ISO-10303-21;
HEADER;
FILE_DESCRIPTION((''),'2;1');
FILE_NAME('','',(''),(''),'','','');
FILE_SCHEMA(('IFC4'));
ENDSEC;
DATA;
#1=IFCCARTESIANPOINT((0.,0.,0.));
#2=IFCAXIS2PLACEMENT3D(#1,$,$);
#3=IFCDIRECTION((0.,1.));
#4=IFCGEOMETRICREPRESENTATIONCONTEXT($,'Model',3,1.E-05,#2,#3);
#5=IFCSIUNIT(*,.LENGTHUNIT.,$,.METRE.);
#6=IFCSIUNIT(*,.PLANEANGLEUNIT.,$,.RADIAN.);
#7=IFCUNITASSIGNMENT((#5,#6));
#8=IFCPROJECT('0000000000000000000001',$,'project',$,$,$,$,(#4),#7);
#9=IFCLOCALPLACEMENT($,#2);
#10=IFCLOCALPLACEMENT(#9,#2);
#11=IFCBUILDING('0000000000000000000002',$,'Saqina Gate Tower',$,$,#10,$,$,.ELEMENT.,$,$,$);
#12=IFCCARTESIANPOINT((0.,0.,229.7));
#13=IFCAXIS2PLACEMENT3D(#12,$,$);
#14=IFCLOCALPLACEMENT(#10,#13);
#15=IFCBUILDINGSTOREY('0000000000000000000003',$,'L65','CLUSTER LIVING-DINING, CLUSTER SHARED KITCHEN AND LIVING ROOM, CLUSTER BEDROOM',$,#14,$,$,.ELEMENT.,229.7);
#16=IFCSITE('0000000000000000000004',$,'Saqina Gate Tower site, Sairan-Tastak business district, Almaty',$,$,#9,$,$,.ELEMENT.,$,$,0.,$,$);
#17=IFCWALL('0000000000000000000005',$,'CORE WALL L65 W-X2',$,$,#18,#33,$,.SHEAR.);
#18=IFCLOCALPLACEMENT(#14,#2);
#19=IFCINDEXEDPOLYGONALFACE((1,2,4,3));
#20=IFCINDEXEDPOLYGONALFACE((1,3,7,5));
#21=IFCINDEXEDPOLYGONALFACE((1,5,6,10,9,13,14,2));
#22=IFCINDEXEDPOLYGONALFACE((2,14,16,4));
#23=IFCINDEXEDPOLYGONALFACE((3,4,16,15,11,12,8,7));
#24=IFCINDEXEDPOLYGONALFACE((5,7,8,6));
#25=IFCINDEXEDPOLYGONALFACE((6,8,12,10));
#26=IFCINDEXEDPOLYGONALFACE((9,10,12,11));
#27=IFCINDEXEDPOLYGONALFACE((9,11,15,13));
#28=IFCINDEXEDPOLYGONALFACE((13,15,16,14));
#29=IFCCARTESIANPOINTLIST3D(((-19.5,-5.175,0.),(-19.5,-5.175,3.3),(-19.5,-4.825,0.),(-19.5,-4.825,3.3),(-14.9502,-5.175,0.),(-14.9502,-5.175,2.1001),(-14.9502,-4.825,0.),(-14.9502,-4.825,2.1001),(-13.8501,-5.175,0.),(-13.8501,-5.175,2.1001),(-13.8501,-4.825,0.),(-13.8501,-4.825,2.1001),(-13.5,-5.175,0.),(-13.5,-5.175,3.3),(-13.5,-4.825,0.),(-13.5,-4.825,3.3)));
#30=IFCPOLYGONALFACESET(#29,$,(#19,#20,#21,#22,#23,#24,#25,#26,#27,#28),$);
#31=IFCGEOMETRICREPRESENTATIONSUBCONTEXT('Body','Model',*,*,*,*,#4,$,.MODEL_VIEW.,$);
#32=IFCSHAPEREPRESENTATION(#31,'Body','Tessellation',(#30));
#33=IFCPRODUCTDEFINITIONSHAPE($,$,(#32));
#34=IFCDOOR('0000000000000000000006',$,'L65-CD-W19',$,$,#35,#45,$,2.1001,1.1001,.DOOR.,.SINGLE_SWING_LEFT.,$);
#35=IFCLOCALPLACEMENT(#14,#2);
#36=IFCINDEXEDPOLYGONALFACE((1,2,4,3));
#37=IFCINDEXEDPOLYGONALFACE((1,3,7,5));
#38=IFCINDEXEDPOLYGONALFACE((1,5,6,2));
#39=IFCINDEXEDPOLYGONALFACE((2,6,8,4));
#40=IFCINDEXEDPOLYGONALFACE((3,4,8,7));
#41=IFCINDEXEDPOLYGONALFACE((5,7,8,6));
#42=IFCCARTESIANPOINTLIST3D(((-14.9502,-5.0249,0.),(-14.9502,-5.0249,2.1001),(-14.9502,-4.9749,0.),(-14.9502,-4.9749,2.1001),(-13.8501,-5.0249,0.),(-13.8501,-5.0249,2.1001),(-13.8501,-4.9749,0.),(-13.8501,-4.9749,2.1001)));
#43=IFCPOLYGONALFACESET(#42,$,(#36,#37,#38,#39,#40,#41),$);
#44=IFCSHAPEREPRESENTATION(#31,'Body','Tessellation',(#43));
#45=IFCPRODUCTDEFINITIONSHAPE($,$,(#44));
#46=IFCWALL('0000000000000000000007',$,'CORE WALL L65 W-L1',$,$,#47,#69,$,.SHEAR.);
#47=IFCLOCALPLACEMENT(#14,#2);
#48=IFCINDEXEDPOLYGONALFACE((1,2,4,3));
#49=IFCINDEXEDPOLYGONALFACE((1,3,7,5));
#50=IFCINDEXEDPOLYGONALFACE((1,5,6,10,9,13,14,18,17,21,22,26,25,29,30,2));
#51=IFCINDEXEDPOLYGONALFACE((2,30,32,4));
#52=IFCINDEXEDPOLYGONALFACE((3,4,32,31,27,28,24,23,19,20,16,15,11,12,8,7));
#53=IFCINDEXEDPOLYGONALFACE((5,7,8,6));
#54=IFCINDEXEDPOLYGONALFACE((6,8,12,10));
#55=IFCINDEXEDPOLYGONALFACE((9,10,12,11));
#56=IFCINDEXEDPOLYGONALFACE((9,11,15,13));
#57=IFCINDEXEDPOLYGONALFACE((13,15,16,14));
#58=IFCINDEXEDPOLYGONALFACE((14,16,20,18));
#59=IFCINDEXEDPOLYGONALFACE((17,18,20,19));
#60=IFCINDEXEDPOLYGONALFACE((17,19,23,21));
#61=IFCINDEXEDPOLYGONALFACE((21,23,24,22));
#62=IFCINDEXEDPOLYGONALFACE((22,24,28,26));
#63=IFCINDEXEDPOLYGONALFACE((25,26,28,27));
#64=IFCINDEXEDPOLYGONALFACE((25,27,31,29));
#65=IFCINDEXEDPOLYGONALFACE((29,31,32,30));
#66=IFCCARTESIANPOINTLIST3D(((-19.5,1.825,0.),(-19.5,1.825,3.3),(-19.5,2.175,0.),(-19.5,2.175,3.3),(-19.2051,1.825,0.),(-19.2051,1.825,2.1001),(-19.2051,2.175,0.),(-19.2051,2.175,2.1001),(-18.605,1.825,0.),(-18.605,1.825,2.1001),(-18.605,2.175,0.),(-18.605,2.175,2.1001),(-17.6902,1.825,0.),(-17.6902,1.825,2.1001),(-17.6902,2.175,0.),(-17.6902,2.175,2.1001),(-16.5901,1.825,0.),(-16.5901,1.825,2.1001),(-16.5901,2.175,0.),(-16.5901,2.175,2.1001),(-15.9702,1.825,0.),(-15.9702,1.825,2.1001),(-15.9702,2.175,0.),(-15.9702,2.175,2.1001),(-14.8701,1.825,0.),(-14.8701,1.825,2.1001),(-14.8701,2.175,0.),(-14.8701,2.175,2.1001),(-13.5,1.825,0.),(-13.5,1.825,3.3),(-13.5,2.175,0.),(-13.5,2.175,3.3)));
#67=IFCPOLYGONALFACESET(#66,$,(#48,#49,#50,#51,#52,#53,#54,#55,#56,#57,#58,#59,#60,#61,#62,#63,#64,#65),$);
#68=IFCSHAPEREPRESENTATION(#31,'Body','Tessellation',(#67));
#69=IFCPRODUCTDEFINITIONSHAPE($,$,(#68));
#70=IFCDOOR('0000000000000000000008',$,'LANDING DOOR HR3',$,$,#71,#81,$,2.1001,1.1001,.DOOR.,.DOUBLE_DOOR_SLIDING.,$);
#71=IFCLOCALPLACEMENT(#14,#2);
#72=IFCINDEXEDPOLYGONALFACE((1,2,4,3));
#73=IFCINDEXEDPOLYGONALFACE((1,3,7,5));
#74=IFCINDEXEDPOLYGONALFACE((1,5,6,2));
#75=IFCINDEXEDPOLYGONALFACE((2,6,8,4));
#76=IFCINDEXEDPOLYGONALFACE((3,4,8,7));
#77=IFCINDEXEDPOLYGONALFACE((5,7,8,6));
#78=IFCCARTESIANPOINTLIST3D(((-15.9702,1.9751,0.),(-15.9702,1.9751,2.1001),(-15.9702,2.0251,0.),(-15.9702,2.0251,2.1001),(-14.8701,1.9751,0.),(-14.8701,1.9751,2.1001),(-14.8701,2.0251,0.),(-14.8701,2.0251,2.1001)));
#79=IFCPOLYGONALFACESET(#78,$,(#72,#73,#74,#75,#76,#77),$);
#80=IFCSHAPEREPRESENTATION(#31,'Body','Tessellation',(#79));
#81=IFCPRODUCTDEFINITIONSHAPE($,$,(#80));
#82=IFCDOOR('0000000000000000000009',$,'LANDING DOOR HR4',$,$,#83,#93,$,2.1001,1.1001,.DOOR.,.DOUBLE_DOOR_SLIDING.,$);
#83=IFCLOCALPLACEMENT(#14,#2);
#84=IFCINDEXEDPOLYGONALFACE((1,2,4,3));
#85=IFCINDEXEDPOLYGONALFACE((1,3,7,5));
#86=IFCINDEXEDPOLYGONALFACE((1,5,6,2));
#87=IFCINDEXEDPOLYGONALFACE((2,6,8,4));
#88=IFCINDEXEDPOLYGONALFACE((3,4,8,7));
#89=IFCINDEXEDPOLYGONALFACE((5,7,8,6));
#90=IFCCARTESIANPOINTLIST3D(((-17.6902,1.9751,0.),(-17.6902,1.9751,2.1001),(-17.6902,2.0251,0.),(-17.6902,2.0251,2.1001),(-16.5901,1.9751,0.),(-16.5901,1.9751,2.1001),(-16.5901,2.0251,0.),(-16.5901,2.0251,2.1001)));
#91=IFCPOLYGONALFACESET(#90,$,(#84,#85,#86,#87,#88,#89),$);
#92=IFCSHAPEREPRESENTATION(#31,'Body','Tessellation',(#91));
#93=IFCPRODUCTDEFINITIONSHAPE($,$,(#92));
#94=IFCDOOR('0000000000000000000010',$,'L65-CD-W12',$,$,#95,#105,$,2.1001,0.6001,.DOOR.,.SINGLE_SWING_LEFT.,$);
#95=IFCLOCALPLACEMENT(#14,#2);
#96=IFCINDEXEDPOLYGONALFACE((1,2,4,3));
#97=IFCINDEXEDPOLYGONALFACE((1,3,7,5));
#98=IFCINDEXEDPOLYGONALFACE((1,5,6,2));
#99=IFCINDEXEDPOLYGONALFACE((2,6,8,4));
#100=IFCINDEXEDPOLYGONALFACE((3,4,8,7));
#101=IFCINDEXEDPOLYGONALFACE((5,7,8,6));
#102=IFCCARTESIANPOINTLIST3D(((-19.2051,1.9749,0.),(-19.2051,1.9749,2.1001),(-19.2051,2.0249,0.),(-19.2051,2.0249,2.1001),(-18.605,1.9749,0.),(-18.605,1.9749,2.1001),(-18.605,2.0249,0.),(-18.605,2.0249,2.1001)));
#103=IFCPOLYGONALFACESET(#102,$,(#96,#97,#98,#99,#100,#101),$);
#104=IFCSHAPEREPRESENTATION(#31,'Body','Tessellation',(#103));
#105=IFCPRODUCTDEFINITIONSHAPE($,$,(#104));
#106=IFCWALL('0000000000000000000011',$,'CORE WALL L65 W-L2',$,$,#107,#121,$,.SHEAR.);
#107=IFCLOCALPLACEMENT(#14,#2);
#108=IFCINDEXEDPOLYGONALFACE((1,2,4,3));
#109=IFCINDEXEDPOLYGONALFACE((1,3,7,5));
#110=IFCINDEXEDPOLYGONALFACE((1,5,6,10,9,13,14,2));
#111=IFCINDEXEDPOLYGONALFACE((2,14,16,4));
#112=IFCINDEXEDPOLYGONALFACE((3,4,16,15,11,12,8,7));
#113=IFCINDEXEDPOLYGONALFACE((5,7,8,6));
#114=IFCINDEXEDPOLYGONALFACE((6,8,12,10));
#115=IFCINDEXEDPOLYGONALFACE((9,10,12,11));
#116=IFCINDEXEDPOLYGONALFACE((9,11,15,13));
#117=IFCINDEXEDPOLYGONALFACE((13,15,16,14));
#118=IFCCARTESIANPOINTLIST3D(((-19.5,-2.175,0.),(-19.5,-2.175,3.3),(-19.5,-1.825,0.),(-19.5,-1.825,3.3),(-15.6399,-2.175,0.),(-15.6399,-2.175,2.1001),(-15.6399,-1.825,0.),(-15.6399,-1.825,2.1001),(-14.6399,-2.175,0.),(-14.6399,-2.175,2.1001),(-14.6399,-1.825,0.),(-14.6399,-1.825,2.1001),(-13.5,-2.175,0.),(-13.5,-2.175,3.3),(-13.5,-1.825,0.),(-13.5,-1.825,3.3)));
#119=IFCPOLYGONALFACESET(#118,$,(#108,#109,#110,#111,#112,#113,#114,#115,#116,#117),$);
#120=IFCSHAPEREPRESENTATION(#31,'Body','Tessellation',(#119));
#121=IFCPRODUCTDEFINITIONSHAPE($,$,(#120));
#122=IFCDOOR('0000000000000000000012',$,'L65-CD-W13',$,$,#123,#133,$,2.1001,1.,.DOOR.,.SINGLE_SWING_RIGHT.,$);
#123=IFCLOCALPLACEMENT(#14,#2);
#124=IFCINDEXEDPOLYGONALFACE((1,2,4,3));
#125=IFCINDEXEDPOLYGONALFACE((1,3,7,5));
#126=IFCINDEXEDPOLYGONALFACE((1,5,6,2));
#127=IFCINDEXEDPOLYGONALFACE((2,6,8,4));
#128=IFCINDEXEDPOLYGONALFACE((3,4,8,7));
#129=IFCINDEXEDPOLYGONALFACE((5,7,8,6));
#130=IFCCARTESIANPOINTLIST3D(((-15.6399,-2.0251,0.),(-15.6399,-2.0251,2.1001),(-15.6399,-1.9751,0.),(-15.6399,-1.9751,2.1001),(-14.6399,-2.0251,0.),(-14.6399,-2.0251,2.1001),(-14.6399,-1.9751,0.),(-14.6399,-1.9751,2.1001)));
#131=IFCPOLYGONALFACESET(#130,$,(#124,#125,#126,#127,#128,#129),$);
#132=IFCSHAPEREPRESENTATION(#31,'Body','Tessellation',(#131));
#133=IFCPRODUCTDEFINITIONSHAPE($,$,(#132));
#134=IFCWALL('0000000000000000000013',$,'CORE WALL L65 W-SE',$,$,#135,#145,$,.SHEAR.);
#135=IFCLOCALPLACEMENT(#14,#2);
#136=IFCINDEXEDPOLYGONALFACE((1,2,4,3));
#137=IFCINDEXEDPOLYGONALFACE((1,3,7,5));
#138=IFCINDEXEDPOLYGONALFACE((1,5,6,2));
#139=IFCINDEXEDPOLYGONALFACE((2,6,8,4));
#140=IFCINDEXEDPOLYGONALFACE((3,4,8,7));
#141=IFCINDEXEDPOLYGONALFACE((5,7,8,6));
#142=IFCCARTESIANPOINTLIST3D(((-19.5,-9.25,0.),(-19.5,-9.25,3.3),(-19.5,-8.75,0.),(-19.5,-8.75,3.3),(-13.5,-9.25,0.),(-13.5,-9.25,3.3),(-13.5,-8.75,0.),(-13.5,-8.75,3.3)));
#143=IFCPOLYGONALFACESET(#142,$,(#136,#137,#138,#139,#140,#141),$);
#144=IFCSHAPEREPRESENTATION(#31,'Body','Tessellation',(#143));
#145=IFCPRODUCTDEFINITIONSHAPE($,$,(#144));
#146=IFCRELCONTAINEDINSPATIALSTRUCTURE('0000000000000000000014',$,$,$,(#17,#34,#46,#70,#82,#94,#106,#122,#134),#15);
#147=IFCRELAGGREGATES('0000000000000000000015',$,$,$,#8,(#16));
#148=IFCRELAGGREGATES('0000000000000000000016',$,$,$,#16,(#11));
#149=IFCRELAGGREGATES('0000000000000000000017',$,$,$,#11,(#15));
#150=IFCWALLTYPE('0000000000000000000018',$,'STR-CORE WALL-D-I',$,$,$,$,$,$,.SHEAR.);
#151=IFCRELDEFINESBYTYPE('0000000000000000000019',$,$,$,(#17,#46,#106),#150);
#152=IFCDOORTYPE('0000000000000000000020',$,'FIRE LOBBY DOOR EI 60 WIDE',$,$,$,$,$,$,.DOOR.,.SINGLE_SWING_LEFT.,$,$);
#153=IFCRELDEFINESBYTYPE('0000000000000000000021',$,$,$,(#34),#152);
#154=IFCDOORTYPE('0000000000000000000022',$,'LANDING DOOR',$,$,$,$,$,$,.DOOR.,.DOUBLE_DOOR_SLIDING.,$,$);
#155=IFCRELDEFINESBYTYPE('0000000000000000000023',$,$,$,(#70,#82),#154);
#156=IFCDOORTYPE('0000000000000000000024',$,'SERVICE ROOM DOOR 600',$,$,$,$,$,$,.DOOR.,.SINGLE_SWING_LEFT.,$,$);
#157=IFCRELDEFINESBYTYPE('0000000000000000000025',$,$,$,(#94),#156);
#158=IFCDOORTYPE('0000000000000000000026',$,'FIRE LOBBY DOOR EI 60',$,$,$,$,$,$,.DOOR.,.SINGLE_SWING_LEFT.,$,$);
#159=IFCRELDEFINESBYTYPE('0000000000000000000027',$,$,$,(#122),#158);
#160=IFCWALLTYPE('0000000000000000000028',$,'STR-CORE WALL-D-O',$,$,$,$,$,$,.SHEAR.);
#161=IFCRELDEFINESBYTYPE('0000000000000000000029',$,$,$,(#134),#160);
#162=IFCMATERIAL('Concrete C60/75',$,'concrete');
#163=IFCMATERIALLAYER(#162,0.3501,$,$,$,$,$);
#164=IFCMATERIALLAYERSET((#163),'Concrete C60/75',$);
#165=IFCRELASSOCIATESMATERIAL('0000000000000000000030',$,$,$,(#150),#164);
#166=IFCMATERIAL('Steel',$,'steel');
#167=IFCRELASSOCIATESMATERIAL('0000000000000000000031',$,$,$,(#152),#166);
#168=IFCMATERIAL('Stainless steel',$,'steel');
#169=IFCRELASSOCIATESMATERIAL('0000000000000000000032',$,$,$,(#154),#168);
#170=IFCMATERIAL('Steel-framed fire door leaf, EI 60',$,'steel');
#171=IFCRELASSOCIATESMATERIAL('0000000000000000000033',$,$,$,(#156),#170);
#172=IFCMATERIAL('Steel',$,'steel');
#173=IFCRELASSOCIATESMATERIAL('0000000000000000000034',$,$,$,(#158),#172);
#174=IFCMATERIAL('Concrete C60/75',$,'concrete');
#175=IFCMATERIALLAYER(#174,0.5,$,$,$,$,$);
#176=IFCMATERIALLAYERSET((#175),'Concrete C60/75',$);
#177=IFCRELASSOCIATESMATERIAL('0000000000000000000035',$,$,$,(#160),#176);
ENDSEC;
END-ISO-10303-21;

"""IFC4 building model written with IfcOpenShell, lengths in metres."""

from ifc_helpers import new_model, si_unit, direction, frame, frame_2d, origin, place, context, subcontext, project, spatial, rectangle, extrude, material, layer, layer_set, type_object, element, fill, save


model = new_model("IFC4")

# Units and contexts
model_context = context("Model", 3, precision=1e-05, world=origin(), true_north=direction((0.0, 1.0)))
body_context = subcontext(model_context, "Body", "Model", "MODEL_VIEW")
ifc_project = project(units=[si_unit("LENGTHUNIT", "METRE"), si_unit("PLANEANGLEUNIT", "RADIAN")], contexts=[model_context])

# Site, building, storey
site_placement = place(None, origin())
site = spatial("IfcSite", under=ifc_project, at=site_placement, Name="Saqina Gate Tower site, Sairan-Tastak business district, Almaty", CompositionType="ELEMENT", RefElevation=0.0)
building_placement = place(site_placement, origin())
building = spatial("IfcBuilding", under=site, at=building_placement, Name="Saqina Gate Tower", CompositionType="ELEMENT")
storey_placement = place(building_placement, frame((0.0, 0.0, 229.7)))
storey = spatial("IfcBuildingStorey", under=building, at=storey_placement, Name="L65", Description="CLUSTER LIVING-DINING, CLUSTER SHARED KITCHEN AND LIVING ROOM, CLUSTER BEDROOM", CompositionType="ELEMENT", Elevation=229.7)

# Wall, opening, door
ifc_material_1 = material(Name="Concrete C60/75", Category="concrete")
ifc_layer_1 = layer(ifc_material_1, 0.3501)
ifc_layer_set_1 = layer_set([ifc_layer_1], Name="Concrete C60/75")
wall_type_1 = type_object("IfcWallType", Name="STR-CORE WALL-D-I", PredefinedType="SHEAR", material=ifc_layer_set_1)
wall_1_placement = place(storey_placement, frame((-13.5, -5.0, 0.0), z_axis=(0.0, 0.0, 1.0), x_axis=(-1.0, 0.0, 0.0)))
wall_1 = element("IfcWall", 1, at=wall_1_placement, inside=storey, type_object=wall_type_1, Name="CORE WALL L65 W-X2", PredefinedType="SHEAR", context=body_context, shape_type="SweptSolid", body=[
    extrude(rectangle(XDim=6.0, YDim=0.3501, at=frame_2d((3.0, 0.0))), origin(), (0.0, 0.0, 1.0), 3.3),
])
opening_1_placement = place(wall_1_placement, frame((0.3501, 0.0, 0.0)))
opening_1 = element("IfcOpeningElement", 2, at=opening_1_placement, cuts=wall_1, PredefinedType="OPENING", context=body_context, shape_type="SweptSolid", body=[
    extrude(rectangle(XDim=1.1001, YDim=2.1001, at=frame_2d((0.55, 1.05))), frame((0.0, 0.187, 0.0), z_axis=(0.0, -1.0, 0.0), x_axis=(1.0, 0.0, 0.0)), (0.0, 0.0, 1.0), 0.374),
])
ifc_material_2 = material(Name="Steel", Category="steel")
door_type_1 = type_object("IfcDoorType", Name="FIRE LOBBY DOOR EI 60 WIDE", OperationType="SINGLE_SWING_LEFT", PredefinedType="DOOR", material=ifc_material_2)
door_1_placement = place(opening_1_placement, origin())
door_1 = element("IfcDoor", 3, at=door_1_placement, inside=storey, type_object=door_type_1, Name="L65-CD-W19", OperationType="SINGLE_SWING_LEFT", OverallHeight=2.1001, OverallWidth=1.1001, PredefinedType="DOOR", context=body_context, shape_type="SweptSolid", body=[
    extrude(rectangle(XDim=1.1001, YDim=2.1001, at=frame_2d((0.55, 1.05))), frame((0.0, 0.0249, 0.0), z_axis=(0.0, -1.0, 0.0), x_axis=(1.0, 0.0, 0.0)), (0.0, 0.0, 1.0), 0.05),
])
fill(opening_1, door_1)

# Wall, openings, doors
wall_2_placement = place(storey_placement, frame((-13.5, 2.0, 0.0), z_axis=(0.0, 0.0, 1.0), x_axis=(-1.0, 0.0, 0.0)))
wall_2 = element("IfcWall", 4, at=wall_2_placement, inside=storey, type_object=wall_type_1, Name="CORE WALL L65 W-L1", PredefinedType="SHEAR", context=body_context, shape_type="SweptSolid", body=[
    extrude(rectangle(XDim=6.0, YDim=0.3501, at=frame_2d((3.0, 0.0))), origin(), (0.0, 0.0, 1.0), 3.3),
])
opening_2_placement = place(wall_2_placement, frame((1.3701, 0.0, 0.0)))
opening_2 = element("IfcOpeningElement", 5, at=opening_2_placement, cuts=wall_2, PredefinedType="OPENING", context=body_context, shape_type="SweptSolid", body=[
    extrude(rectangle(XDim=1.1001, YDim=2.1001, at=frame_2d((0.55, 1.05))), frame((0.0, 0.187, 0.0), z_axis=(0.0, -1.0, 0.0), x_axis=(1.0, 0.0, 0.0)), (0.0, 0.0, 1.0), 0.374),
])
opening_3_placement = place(wall_2_placement, frame((3.0901, 0.0, 0.0)))
opening_3 = element("IfcOpeningElement", 6, at=opening_3_placement, cuts=wall_2, PredefinedType="OPENING", context=body_context, shape_type="SweptSolid", body=[
    extrude(rectangle(XDim=1.1001, YDim=2.1001, at=frame_2d((0.55, 1.05))), frame((0.0, 0.187, 0.0), z_axis=(0.0, -1.0, 0.0), x_axis=(1.0, 0.0, 0.0)), (0.0, 0.0, 1.0), 0.374),
])
opening_4_placement = place(wall_2_placement, frame((5.105, 0.0, 0.0)))
opening_4 = element("IfcOpeningElement", 7, at=opening_4_placement, cuts=wall_2, PredefinedType="OPENING", context=body_context, shape_type="SweptSolid", body=[
    extrude(rectangle(XDim=0.6001, YDim=2.1001, at=frame_2d((0.3, 1.05))), frame((0.0, 0.187, 0.0), z_axis=(0.0, -1.0, 0.0), x_axis=(1.0, 0.0, 0.0)), (0.0, 0.0, 1.0), 0.374),
])
ifc_material_3 = material(Name="Stainless steel", Category="steel")
door_type_2 = type_object("IfcDoorType", Name="LANDING DOOR", OperationType="DOUBLE_DOOR_SLIDING", PredefinedType="DOOR", material=ifc_material_3)
door_2_placement = place(opening_2_placement, origin())
door_2 = element("IfcDoor", 8, at=door_2_placement, inside=storey, type_object=door_type_2, Name="LANDING DOOR HR3", OperationType="DOUBLE_DOOR_SLIDING", OverallHeight=2.1001, OverallWidth=1.1001, PredefinedType="DOOR", context=body_context, shape_type="SweptSolid", body=[
    extrude(rectangle(XDim=1.1001, YDim=2.1001, at=frame_2d((0.55, 1.05))), frame((0.0, 0.0249, 0.0), z_axis=(0.0, -1.0, 0.0), x_axis=(1.0, 0.0, 0.0)), (0.0, 0.0, 1.0), 0.05),
])
fill(opening_2, door_2)
door_3_placement = place(opening_3_placement, origin())
door_3 = element("IfcDoor", 9, at=door_3_placement, inside=storey, type_object=door_type_2, Name="LANDING DOOR HR4", OperationType="DOUBLE_DOOR_SLIDING", OverallHeight=2.1001, OverallWidth=1.1001, PredefinedType="DOOR", context=body_context, shape_type="SweptSolid", body=[
    extrude(rectangle(XDim=1.1001, YDim=2.1001, at=frame_2d((0.55, 1.05))), frame((0.0, 0.0249, 0.0), z_axis=(0.0, -1.0, 0.0), x_axis=(1.0, 0.0, 0.0)), (0.0, 0.0, 1.0), 0.05),
])
fill(opening_3, door_3)
ifc_material_4 = material(Name="Steel-framed fire door leaf, EI 60", Category="steel")
door_type_3 = type_object("IfcDoorType", Name="SERVICE ROOM DOOR 600", OperationType="SINGLE_SWING_LEFT", PredefinedType="DOOR", material=ifc_material_4)
door_4_placement = place(opening_4_placement, frame((0.6001, 0.0, 0.0), z_axis=(0.0, 0.0, 1.0), x_axis=(-1.0, 0.0, 0.0)))
door_4 = element("IfcDoor", 10, at=door_4_placement, inside=storey, type_object=door_type_3, Name="L65-CD-W12", OperationType="SINGLE_SWING_LEFT", OverallHeight=2.1001, OverallWidth=0.6001, PredefinedType="DOOR", context=body_context, shape_type="SweptSolid", body=[
    extrude(rectangle(XDim=0.6001, YDim=2.1001, at=frame_2d((0.3, 1.05))), frame((0.0, 0.0249, 0.0), z_axis=(0.0, -1.0, 0.0), x_axis=(1.0, 0.0, 0.0)), (0.0, 0.0, 1.0), 0.05),
])
fill(opening_4, door_4)

# Wall, opening, door
wall_3_placement = place(storey_placement, frame((-13.5, -2.0, 0.0), z_axis=(0.0, 0.0, 1.0), x_axis=(-1.0, 0.0, 0.0)))
wall_3 = element("IfcWall", 11, at=wall_3_placement, inside=storey, type_object=wall_type_1, Name="CORE WALL L65 W-L2", PredefinedType="SHEAR", context=body_context, shape_type="SweptSolid", body=[
    extrude(rectangle(XDim=6.0, YDim=0.3501, at=frame_2d((3.0, 0.0))), origin(), (0.0, 0.0, 1.0), 3.3),
])
opening_5_placement = place(wall_3_placement, frame((1.1399, 0.0, 0.0)))
opening_5 = element("IfcOpeningElement", 12, at=opening_5_placement, cuts=wall_3, PredefinedType="OPENING", context=body_context, shape_type="SweptSolid", body=[
    extrude(rectangle(XDim=1.0, YDim=2.1001, at=frame_2d((0.5, 1.05))), frame((0.0, 0.187, 0.0), z_axis=(0.0, -1.0, 0.0), x_axis=(1.0, 0.0, 0.0)), (0.0, 0.0, 1.0), 0.374),
])
ifc_material_5 = material(Name="Steel", Category="steel")
door_type_4 = type_object("IfcDoorType", Name="FIRE LOBBY DOOR EI 60", OperationType="SINGLE_SWING_LEFT", PredefinedType="DOOR", material=ifc_material_5)
door_5_placement = place(opening_5_placement, frame((1.0, 0.0, 0.0), z_axis=(0.0, 0.0, 1.0), x_axis=(-1.0, 0.0, 0.0)))
door_5 = element("IfcDoor", 13, at=door_5_placement, inside=storey, type_object=door_type_4, Name="L65-CD-W13", OperationType="SINGLE_SWING_RIGHT", OverallHeight=2.1001, OverallWidth=1.0, PredefinedType="DOOR", context=body_context, shape_type="SweptSolid", body=[
    extrude(rectangle(XDim=1.0, YDim=2.1001, at=frame_2d((0.5, 1.05))), frame((0.0, 0.0249, 0.0), z_axis=(0.0, -1.0, 0.0), x_axis=(1.0, 0.0, 0.0)), (0.0, 0.0, 1.0), 0.05),
])
fill(opening_5, door_5)

# Wall
ifc_material_6 = material(Name="Concrete C60/75", Category="concrete")
ifc_layer_2 = layer(ifc_material_6, 0.5)
ifc_layer_set_2 = layer_set([ifc_layer_2], Name="Concrete C60/75")
wall_type_2 = type_object("IfcWallType", Name="STR-CORE WALL-D-O", PredefinedType="SHEAR", material=ifc_layer_set_2)
wall_4_placement = place(storey_placement, frame((-13.5, -9.0, 0.0), z_axis=(0.0, 0.0, 1.0), x_axis=(-1.0, 0.0, 0.0)))
element("IfcWall", 14, at=wall_4_placement, inside=storey, type_object=wall_type_2, Name="CORE WALL L65 W-SE", PredefinedType="SHEAR", context=body_context, shape_type="SweptSolid", body=[
    extrude(rectangle(XDim=6.0, YDim=0.5, at=frame_2d((3.0, 0.0))), origin(), (0.0, 0.0, 1.0), 3.3),
])

save(model, "model.ifc")
